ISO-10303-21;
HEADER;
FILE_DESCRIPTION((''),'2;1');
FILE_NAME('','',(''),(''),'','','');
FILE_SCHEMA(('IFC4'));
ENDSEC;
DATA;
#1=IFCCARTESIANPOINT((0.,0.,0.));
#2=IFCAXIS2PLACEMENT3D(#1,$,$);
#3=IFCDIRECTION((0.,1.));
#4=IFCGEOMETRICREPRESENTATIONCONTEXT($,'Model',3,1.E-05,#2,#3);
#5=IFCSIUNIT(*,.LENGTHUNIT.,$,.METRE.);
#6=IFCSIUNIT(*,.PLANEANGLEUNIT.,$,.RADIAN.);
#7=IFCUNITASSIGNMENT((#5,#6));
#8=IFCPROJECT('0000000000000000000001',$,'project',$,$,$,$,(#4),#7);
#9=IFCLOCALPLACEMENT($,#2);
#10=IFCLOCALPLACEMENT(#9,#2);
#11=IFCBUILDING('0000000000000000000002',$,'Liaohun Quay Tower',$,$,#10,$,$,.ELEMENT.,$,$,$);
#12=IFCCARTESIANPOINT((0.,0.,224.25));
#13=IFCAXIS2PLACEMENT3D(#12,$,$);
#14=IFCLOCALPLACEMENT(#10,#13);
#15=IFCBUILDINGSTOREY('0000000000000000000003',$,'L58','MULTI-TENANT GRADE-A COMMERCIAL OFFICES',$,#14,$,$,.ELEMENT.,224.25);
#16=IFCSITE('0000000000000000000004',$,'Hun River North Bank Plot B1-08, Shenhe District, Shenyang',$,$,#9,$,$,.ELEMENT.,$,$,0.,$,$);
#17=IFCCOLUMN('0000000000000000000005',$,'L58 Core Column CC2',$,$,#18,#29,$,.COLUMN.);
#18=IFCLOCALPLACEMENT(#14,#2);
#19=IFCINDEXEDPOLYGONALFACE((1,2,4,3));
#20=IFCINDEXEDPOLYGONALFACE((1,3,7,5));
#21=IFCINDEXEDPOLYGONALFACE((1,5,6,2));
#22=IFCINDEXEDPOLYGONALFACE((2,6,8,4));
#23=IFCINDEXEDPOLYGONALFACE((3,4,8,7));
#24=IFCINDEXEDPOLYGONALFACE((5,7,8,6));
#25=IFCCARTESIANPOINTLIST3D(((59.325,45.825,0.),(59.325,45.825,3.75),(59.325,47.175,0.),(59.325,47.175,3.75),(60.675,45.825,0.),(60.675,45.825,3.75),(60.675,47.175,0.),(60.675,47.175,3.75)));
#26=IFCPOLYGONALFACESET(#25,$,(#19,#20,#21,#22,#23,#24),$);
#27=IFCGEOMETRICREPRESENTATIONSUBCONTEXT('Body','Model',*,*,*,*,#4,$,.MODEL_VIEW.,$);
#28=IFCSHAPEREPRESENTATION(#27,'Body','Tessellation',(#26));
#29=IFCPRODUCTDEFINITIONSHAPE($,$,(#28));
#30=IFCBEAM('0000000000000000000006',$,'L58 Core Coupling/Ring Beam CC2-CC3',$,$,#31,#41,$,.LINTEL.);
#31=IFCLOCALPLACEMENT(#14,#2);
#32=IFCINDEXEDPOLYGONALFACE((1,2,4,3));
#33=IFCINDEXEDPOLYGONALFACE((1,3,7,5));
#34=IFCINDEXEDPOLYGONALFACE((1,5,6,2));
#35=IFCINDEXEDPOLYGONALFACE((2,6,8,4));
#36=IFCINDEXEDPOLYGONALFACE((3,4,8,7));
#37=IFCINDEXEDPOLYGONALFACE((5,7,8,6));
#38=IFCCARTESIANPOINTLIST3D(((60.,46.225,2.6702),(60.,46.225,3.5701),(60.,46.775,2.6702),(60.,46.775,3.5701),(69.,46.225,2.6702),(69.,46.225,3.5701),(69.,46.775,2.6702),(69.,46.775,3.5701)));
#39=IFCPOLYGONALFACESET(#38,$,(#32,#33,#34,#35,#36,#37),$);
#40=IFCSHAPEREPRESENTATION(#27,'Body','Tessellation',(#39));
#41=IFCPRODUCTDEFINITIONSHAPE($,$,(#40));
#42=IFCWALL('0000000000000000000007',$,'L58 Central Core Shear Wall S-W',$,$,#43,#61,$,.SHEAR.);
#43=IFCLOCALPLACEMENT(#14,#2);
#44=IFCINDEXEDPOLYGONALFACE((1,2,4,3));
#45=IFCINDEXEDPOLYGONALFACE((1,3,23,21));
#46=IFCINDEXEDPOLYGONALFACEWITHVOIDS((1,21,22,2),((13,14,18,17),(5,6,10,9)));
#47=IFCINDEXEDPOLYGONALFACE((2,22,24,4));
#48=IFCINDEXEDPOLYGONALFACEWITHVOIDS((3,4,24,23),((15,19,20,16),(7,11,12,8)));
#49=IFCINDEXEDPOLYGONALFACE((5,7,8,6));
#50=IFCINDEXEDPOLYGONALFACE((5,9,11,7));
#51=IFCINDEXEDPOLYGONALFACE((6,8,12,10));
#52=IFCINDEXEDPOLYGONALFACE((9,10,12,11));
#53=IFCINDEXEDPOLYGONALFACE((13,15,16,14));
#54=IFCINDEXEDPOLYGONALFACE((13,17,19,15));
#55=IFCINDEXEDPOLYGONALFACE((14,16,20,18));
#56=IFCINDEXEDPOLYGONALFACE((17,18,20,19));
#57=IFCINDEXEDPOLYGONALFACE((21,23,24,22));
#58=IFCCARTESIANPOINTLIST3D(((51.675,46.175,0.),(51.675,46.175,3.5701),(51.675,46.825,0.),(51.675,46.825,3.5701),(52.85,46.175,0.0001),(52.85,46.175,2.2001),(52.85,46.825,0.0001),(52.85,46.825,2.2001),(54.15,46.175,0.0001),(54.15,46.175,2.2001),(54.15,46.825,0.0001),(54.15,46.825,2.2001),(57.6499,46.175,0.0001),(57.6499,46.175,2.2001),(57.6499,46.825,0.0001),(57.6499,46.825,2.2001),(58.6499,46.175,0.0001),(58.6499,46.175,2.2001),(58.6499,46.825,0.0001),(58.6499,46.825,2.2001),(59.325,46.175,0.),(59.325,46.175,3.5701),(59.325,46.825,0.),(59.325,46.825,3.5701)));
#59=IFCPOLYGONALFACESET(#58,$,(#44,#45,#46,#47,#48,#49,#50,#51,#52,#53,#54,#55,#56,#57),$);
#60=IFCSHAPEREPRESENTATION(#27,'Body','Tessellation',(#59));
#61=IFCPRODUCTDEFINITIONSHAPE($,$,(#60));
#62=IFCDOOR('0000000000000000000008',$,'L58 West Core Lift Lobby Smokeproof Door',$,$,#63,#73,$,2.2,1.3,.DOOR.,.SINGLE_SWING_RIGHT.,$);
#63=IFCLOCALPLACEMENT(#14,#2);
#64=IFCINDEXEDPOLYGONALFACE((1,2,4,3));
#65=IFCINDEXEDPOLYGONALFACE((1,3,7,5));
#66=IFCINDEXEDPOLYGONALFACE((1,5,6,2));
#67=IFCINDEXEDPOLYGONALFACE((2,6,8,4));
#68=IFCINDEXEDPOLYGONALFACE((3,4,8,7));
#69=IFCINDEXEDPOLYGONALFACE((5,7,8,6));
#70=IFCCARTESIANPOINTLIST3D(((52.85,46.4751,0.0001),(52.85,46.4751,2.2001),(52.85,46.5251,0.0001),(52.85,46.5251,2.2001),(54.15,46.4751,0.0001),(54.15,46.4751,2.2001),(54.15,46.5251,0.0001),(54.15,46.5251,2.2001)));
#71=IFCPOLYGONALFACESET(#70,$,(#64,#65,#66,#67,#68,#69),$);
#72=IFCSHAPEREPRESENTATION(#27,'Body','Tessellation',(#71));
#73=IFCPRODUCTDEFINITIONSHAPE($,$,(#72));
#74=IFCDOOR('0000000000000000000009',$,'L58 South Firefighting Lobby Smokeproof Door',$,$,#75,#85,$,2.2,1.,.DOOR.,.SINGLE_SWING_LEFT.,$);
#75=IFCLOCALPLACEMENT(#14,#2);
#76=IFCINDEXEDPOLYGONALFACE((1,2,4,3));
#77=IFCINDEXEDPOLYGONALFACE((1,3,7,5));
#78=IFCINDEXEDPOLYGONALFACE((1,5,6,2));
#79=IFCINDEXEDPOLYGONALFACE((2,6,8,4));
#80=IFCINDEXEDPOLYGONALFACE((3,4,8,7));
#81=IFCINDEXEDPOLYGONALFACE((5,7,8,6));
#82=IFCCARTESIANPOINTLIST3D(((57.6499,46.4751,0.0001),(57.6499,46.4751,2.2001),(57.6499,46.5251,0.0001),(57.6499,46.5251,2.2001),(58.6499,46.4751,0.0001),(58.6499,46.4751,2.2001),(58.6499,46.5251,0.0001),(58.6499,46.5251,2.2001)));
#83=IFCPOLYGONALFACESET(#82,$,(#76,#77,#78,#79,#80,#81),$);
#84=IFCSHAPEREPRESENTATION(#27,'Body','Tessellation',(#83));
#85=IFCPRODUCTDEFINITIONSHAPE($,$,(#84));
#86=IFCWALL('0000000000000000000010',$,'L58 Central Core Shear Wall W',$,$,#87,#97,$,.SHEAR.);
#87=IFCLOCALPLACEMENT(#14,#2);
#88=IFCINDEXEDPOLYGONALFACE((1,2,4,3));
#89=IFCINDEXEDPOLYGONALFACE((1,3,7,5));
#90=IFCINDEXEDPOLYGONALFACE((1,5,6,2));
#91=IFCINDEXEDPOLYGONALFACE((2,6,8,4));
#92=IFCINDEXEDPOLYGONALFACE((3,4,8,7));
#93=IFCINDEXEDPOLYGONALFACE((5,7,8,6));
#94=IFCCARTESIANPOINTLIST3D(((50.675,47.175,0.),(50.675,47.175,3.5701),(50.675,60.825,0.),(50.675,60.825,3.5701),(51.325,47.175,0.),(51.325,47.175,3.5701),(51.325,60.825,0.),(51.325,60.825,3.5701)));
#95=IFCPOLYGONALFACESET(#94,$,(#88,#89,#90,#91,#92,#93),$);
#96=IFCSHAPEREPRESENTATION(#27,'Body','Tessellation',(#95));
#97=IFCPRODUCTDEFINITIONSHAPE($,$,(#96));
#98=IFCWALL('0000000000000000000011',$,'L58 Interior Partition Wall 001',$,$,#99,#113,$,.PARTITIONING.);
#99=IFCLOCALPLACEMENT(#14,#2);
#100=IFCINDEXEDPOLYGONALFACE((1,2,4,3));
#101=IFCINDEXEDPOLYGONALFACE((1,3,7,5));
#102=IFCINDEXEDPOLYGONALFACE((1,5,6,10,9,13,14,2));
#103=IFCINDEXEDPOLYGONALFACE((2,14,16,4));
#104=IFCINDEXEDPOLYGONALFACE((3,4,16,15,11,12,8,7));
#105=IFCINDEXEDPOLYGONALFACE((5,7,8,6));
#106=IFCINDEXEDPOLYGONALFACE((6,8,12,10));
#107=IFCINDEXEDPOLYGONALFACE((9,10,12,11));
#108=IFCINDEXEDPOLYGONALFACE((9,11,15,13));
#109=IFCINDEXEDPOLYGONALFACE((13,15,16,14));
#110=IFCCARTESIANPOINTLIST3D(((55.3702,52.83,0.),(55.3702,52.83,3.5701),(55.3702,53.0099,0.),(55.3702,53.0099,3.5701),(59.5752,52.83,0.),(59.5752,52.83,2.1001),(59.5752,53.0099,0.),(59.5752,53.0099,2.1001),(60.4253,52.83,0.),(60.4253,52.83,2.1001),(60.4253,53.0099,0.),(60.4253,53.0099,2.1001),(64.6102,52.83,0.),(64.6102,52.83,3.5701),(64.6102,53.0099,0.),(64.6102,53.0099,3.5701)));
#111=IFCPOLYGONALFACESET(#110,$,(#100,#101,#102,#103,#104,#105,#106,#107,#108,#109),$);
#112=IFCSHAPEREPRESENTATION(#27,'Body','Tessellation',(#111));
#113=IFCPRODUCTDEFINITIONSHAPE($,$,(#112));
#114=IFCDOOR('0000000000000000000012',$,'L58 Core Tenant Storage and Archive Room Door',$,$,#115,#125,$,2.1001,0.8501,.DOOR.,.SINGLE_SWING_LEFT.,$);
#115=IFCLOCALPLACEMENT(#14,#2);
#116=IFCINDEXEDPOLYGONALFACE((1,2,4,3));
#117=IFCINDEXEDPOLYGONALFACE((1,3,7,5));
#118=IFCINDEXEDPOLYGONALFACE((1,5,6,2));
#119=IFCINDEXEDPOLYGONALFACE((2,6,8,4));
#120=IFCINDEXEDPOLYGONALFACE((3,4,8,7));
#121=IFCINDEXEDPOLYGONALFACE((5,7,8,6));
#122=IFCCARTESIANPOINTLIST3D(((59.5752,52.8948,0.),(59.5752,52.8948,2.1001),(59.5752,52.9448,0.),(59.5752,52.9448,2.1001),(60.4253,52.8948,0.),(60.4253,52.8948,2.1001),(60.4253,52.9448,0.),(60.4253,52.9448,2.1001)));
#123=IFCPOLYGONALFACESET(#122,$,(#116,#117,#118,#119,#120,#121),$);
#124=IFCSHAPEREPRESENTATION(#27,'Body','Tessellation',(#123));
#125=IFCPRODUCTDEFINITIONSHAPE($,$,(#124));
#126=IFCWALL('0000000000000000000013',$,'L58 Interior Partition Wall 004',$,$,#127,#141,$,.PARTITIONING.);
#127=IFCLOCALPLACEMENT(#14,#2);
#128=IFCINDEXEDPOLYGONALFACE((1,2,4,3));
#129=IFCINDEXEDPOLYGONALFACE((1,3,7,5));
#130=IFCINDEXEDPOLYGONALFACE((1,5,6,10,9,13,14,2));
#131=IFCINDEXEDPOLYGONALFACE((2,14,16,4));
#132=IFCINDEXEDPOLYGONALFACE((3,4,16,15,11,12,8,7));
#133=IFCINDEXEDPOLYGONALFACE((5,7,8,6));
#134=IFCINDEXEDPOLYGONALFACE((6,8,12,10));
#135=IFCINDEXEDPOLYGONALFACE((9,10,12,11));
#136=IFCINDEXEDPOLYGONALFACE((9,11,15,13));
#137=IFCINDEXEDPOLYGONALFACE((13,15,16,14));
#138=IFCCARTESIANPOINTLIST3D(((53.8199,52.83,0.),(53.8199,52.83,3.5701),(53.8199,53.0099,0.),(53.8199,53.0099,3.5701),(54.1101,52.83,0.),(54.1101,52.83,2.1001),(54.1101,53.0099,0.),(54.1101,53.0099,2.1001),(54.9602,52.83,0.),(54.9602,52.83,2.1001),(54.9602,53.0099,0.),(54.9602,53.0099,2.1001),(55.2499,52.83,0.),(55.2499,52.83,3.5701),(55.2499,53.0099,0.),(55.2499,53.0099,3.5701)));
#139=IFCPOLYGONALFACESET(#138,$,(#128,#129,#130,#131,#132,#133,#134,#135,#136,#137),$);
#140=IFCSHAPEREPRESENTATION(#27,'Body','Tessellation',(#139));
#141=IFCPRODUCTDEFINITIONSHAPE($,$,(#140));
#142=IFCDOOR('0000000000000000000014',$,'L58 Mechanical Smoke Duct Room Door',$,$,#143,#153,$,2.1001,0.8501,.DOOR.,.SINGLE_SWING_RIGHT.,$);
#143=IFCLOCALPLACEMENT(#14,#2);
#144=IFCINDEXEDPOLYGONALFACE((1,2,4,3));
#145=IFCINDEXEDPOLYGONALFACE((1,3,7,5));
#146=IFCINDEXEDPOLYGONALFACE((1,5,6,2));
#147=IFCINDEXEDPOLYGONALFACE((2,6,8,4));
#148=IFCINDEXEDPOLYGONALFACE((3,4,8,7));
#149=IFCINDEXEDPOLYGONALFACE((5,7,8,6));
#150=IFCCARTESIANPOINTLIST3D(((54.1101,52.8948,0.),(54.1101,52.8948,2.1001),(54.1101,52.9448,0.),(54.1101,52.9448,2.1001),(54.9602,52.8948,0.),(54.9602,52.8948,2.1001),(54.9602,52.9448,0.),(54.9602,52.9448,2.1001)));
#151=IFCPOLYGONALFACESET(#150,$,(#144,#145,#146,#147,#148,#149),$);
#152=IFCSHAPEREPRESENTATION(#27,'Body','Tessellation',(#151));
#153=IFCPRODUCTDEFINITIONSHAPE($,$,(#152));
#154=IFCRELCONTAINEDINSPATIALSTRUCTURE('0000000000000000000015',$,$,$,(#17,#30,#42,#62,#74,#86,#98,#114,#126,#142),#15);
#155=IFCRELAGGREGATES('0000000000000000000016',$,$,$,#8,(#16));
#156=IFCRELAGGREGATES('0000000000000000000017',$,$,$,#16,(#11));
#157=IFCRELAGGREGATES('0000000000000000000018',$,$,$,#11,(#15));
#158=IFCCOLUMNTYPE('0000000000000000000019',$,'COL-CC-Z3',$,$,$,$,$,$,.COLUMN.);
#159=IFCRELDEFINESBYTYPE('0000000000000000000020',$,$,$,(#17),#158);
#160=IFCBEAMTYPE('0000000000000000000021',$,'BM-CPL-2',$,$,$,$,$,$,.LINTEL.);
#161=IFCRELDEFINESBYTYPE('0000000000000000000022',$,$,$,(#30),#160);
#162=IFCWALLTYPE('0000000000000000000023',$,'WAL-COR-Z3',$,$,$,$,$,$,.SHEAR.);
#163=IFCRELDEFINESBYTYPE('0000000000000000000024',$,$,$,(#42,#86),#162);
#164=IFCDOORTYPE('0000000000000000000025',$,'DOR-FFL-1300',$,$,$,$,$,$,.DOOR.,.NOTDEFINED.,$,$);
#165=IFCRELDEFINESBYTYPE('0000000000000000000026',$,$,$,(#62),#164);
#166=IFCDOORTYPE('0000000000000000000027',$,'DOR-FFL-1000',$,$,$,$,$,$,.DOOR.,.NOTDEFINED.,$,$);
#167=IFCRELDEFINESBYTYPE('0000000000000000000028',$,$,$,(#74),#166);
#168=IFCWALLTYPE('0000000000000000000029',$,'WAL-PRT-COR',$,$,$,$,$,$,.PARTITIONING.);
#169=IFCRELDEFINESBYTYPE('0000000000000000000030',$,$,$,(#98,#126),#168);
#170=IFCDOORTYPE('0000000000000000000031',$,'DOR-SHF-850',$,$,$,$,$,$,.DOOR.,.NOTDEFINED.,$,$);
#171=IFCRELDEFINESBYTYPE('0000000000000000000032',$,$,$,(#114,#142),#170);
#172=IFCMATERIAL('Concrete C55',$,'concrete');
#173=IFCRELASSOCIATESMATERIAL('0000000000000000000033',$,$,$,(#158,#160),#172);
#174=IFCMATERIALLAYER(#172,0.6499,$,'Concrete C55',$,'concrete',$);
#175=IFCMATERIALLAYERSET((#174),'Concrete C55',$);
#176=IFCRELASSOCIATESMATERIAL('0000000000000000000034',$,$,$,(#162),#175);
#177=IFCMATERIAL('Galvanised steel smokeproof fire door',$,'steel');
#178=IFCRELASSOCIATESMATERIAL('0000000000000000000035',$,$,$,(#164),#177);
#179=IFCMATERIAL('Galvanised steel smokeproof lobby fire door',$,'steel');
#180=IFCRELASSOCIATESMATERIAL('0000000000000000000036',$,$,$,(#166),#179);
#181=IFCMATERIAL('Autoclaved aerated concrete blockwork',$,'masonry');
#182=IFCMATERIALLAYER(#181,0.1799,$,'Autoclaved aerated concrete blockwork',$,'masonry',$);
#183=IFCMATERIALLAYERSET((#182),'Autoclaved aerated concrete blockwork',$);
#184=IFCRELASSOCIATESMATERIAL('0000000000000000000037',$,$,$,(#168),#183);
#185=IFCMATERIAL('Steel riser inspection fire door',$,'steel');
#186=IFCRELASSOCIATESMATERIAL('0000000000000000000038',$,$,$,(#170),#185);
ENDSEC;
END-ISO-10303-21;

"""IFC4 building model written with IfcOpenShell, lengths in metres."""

from ifc_helpers import new_model, si_unit, direction, frame, frame_2d, origin, origin_2d, place, context, subcontext, project, spatial, rectangle, extrude, source, transform, mapped, material, layer, layer_set, material_profile, profile_set, type_object, element, fill, save


model = new_model("IFC4")

# Units and contexts
model_context = context("Model", 3, precision=1e-05, world=origin(), true_north=direction((0.0, 1.0)))
body_context = subcontext(model_context, "Body", "Model", "MODEL_VIEW")
ifc_project = project(units=[si_unit("LENGTHUNIT", "METRE"), si_unit("PLANEANGLEUNIT", "RADIAN")], contexts=[model_context])

# Site, building, storey
site_placement = place(None, origin())
site = spatial("IfcSite", under=ifc_project, at=site_placement, Name="Hun River North Bank Plot B1-08, Shenhe District, Shenyang", CompositionType="ELEMENT", RefElevation=0.0)
building_placement = place(site_placement, origin())
building = spatial("IfcBuilding", under=site, at=building_placement, Name="Liaohun Quay Tower", CompositionType="ELEMENT")
storey_placement = place(building_placement, frame((0.0, 0.0, 224.25)))
storey = spatial("IfcBuildingStorey", under=building, at=storey_placement, Name="L58", Description="MULTI-TENANT GRADE-A COMMERCIAL OFFICES", CompositionType="ELEMENT", Elevation=224.25)

# Column
ifc_material_1 = material(Name="Concrete C55", Category="concrete")
ifc_material_profile_1 = material_profile(ifc_material_1, rectangle(XDim=1.3501, YDim=1.3501, at=origin_2d()), Name="RC1350x1350")
ifc_profile_set_1 = profile_set([ifc_material_profile_1], Name="Concrete C55")
column_type = type_object("IfcColumnType", Name="COL-CC-Z3", PredefinedType="COLUMN", material=ifc_profile_set_1)
shared_shape_1 = source(origin(), body_context, "Body", "SweptSolid", [
    extrude(rectangle(XDim=1.3501, YDim=1.3501, at=origin_2d()), origin(), (0.0, 0.0, 1.0), 3.75),
])
column_placement = place(storey_placement, frame((60.0, 46.5, 0.0), z_axis=(0.0, 0.0, 1.0), x_axis=(1.0, 0.0, 0.0)))
element("IfcColumn", 1, at=column_placement, inside=storey, type_object=column_type, Name="L58 Core Column CC2", PredefinedType="COLUMN", context=body_context, shape_type="MappedRepresentation", body=[
    mapped(shared_shape_1, transform((0.0, 0.0, 0.0), x_axis=(1.0, 0.0, 0.0), y_axis=(0.0, 1.0, 0.0), z_axis=(0.0, 0.0, 1.0), scale=1.0)),
])

# Beam
ifc_material_profile_2 = material_profile(ifc_material_1, rectangle(XDim=0.55, YDim=0.8999, at=origin_2d()), Name="RC550x900")
ifc_profile_set_2 = profile_set([ifc_material_profile_2], Name="Concrete C55")
beam_type = type_object("IfcBeamType", Name="BM-CPL-2", PredefinedType="LINTEL", material=ifc_profile_set_2)
shared_shape_2 = source(origin(), body_context, "Body", "SweptSolid", [
    extrude(rectangle(XDim=0.55, YDim=0.8999, at=origin_2d()), origin(), (0.0, 0.0, 1.0), 9.0),
])
beam_placement = place(storey_placement, frame((60.0, 46.5, 3.1201), z_axis=(1.0, 0.0, 0.0), x_axis=(0.0, 1.0, 0.0)))
element("IfcBeam", 2, at=beam_placement, inside=storey, type_object=beam_type, Name="L58 Core Coupling/Ring Beam CC2-CC3", PredefinedType="LINTEL", context=body_context, shape_type="MappedRepresentation", body=[
    mapped(shared_shape_2, transform((0.0, 0.0, 0.0), x_axis=(1.0, 0.0, 0.0), y_axis=(0.0, 1.0, 0.0), z_axis=(0.0, 0.0, 1.0), scale=1.0)),
])

# Wall, openings, doors
ifc_layer_1 = layer(ifc_material_1, 0.6499, Name="Concrete C55", Category="concrete")
ifc_layer_set_1 = layer_set([ifc_layer_1], Name="Concrete C55")
wall_type_1 = type_object("IfcWallType", Name="WAL-COR-Z3", PredefinedType="SHEAR", material=ifc_layer_set_1)
wall_1_placement = place(storey_placement, frame((59.325, 46.5, 0.0), z_axis=(0.0, 0.0, 1.0), x_axis=(-1.0, 0.0, 0.0)))
wall_1 = element("IfcWall", 3, at=wall_1_placement, inside=storey, type_object=wall_type_1, Name="L58 Central Core Shear Wall S-W", PredefinedType="SHEAR", context=body_context, shape_type="SweptSolid", body=[
    extrude(rectangle(XDim=7.6499, YDim=0.6499, at=frame_2d((3.825, 0.0))), origin(), (0.0, 0.0, 1.0), 3.5701),
])
shared_shape_3 = source(origin(), body_context, "Body", "SweptSolid", [
    extrude(rectangle(XDim=1.3, YDim=2.2, at=frame_2d((0.6499, 1.1001))), frame((0.0, 0.335, 0.0), z_axis=(0.0, -1.0, 0.0), x_axis=(1.0, 0.0, 0.0)), (0.0, 0.0, 1.0), 0.6699),
])
opening_1_placement = place(wall_1_placement, frame((5.175, 0.0, 0.0)))
opening_1 = element("IfcOpeningElement", 4, at=opening_1_placement, cuts=wall_1, PredefinedType="OPENING", context=body_context, shape_type="MappedRepresentation", body=[
    mapped(shared_shape_3, transform((0.0, 0.0, 0.0), x_axis=(1.0, 0.0, 0.0), y_axis=(0.0, 1.0, 0.0), z_axis=(0.0, 0.0, 1.0), scale=1.0)),
])
shared_shape_4 = source(origin(), body_context, "Body", "SweptSolid", [
    extrude(rectangle(XDim=1.0, YDim=2.2, at=frame_2d((0.5, 1.1001))), frame((0.0, 0.335, 0.0), z_axis=(0.0, -1.0, 0.0), x_axis=(1.0, 0.0, 0.0)), (0.0, 0.0, 1.0), 0.6699),
])
opening_2_placement = place(wall_1_placement, frame((0.675, 0.0, 0.0)))
opening_2 = element("IfcOpeningElement", 5, at=opening_2_placement, cuts=wall_1, PredefinedType="OPENING", context=body_context, shape_type="MappedRepresentation", body=[
    mapped(shared_shape_4, transform((0.0, 0.0, 0.0), x_axis=(1.0, 0.0, 0.0), y_axis=(0.0, 1.0, 0.0), z_axis=(0.0, 0.0, 1.0), scale=1.0)),
])
ifc_material_2 = material(Name="Galvanised steel smokeproof fire door", Category="steel")
door_type_1 = type_object("IfcDoorType", Name="DOR-FFL-1300", OperationType="NOTDEFINED", PredefinedType="DOOR", material=ifc_material_2)
shared_shape_5 = source(origin(), body_context, "Body", "SweptSolid", [
    extrude(rectangle(XDim=1.3, YDim=2.2, at=frame_2d((0.6499, 1.1001))), frame((0.0, 0.0249, 0.0), z_axis=(0.0, -1.0, 0.0), x_axis=(1.0, 0.0, 0.0)), (0.0, 0.0, 1.0), 0.05),
])
door_1_placement = place(opening_1_placement, origin())
door_1 = element("IfcDoor", 6, at=door_1_placement, inside=storey, type_object=door_type_1, Name="L58 West Core Lift Lobby Smokeproof Door", OperationType="SINGLE_SWING_RIGHT", OverallHeight=2.2, OverallWidth=1.3, PredefinedType="DOOR", context=body_context, shape_type="MappedRepresentation", body=[
    mapped(shared_shape_5, transform((0.0, 0.0, 0.0), x_axis=(1.0, 0.0, 0.0), y_axis=(0.0, 1.0, 0.0), z_axis=(0.0, 0.0, 1.0), scale=1.0)),
])
fill(opening_1, door_1)
ifc_material_3 = material(Name="Galvanised steel smokeproof lobby fire door", Category="steel")
door_type_2 = type_object("IfcDoorType", Name="DOR-FFL-1000", OperationType="NOTDEFINED", PredefinedType="DOOR", material=ifc_material_3)
shared_shape_6 = source(origin(), body_context, "Body", "SweptSolid", [
    extrude(rectangle(XDim=1.0, YDim=2.2, at=frame_2d((0.5, 1.1001))), frame((0.0, 0.0249, 0.0), z_axis=(0.0, -1.0, 0.0), x_axis=(1.0, 0.0, 0.0)), (0.0, 0.0, 1.0), 0.05),
])
door_2_placement = place(opening_2_placement, origin())
door_2 = element("IfcDoor", 7, at=door_2_placement, inside=storey, type_object=door_type_2, Name="L58 South Firefighting Lobby Smokeproof Door", OperationType="SINGLE_SWING_LEFT", OverallHeight=2.2, OverallWidth=1.0, PredefinedType="DOOR", context=body_context, shape_type="MappedRepresentation", body=[
    mapped(shared_shape_6, transform((0.0, 0.0, 0.0), x_axis=(1.0, 0.0, 0.0), y_axis=(0.0, 1.0, 0.0), z_axis=(0.0, 0.0, 1.0), scale=1.0)),
])
fill(opening_2, door_2)

# Wall
wall_2_placement = place(storey_placement, frame((51.0, 47.175, 0.0), z_axis=(0.0, 0.0, 1.0), x_axis=(0.0, 1.0, 0.0)))
element("IfcWall", 8, at=wall_2_placement, inside=storey, type_object=wall_type_1, Name="L58 Central Core Shear Wall W", PredefinedType="SHEAR", context=body_context, shape_type="SweptSolid", body=[
    extrude(rectangle(XDim=13.6499, YDim=0.6499, at=frame_2d((6.825, 0.0))), origin(), (0.0, 0.0, 1.0), 3.5701),
])

# Walls, openings, doors
ifc_material_4 = material(Name="Autoclaved aerated concrete blockwork", Category="masonry")
ifc_layer_2 = layer(ifc_material_4, 0.1799, Name="Autoclaved aerated concrete blockwork", Category="masonry")
ifc_layer_set_2 = layer_set([ifc_layer_2], Name="Autoclaved aerated concrete blockwork")
wall_type_2 = type_object("IfcWallType", Name="WAL-PRT-COR", PredefinedType="PARTITIONING", material=ifc_layer_set_2)
wall_3_placement = place(storey_placement, frame((55.3701, 52.9199, 0.0), z_axis=(0.0, 0.0, 1.0), x_axis=(1.0, 0.0, 0.0)))
wall_3 = element("IfcWall", 9, at=wall_3_placement, inside=storey, type_object=wall_type_2, Name="L58 Interior Partition Wall 001", PredefinedType="PARTITIONING", context=body_context, shape_type="SweptSolid", body=[
    extrude(rectangle(XDim=9.24, YDim=0.1799, at=frame_2d((4.6201, 0.0))), origin(), (0.0, 0.0, 1.0), 3.5701),
])
shared_shape_7 = source(origin(), body_context, "Body", "SweptSolid", [
    extrude(rectangle(XDim=0.8501, YDim=2.1001, at=frame_2d((0.425, 1.05))), frame((0.0, 0.0999, 0.0), z_axis=(0.0, -1.0, 0.0), x_axis=(1.0, 0.0, 0.0)), (0.0, 0.0, 1.0), 0.2),
])
opening_3_placement = place(wall_3_placement, frame((4.2051, 0.0, 0.0)))
opening_3 = element("IfcOpeningElement", 10, at=opening_3_placement, cuts=wall_3, PredefinedType="OPENING", context=body_context, shape_type="MappedRepresentation", body=[
    mapped(shared_shape_7, transform((0.0, 0.0, 0.0), x_axis=(1.0, 0.0, 0.0), y_axis=(0.0, 1.0, 0.0), z_axis=(0.0, 0.0, 1.0), scale=1.0)),
])
ifc_material_5 = material(Name="Steel riser inspection fire door", Category="steel")
door_type_3 = type_object("IfcDoorType", Name="DOR-SHF-850", OperationType="NOTDEFINED", PredefinedType="DOOR", material=ifc_material_5)
shared_shape_8 = source(origin(), body_context, "Body", "SweptSolid", [
    extrude(rectangle(XDim=0.8501, YDim=2.1001, at=frame_2d((0.425, 1.05))), frame((0.0, 0.0249, 0.0), z_axis=(0.0, -1.0, 0.0), x_axis=(1.0, 0.0, 0.0)), (0.0, 0.0, 1.0), 0.05),
])
door_3_placement = place(opening_3_placement, origin())
door_3 = element("IfcDoor", 11, at=door_3_placement, inside=storey, type_object=door_type_3, Name="L58 Core Tenant Storage and Archive Room Door", OperationType="SINGLE_SWING_LEFT", OverallHeight=2.1001, OverallWidth=0.8501, PredefinedType="DOOR", context=body_context, shape_type="MappedRepresentation", body=[
    mapped(shared_shape_8, transform((0.0, 0.0, 0.0), x_axis=(1.0, 0.0, 0.0), y_axis=(0.0, 1.0, 0.0), z_axis=(0.0, 0.0, 1.0), scale=1.0)),
])
fill(opening_3, door_3)
wall_4_placement = place(storey_placement, frame((53.8201, 52.9199, 0.0), z_axis=(0.0, 0.0, 1.0), x_axis=(1.0, 0.0, 0.0)))
wall_4 = element("IfcWall", 12, at=wall_4_placement, inside=storey, type_object=wall_type_2, Name="L58 Interior Partition Wall 004", PredefinedType="PARTITIONING", context=body_context, shape_type="SweptSolid", body=[
    extrude(rectangle(XDim=1.4299, YDim=0.1799, at=frame_2d((0.7148, 0.0))), origin(), (0.0, 0.0, 1.0), 3.5701),
])
opening_4_placement = place(wall_4_placement, frame((0.29, 0.0, 0.0)))
opening_4 = element("IfcOpeningElement", 13, at=opening_4_placement, cuts=wall_4, PredefinedType="OPENING", context=body_context, shape_type="MappedRepresentation", body=[
    mapped(shared_shape_7, transform((0.0, 0.0, 0.0), x_axis=(1.0, 0.0, 0.0), y_axis=(0.0, 1.0, 0.0), z_axis=(0.0, 0.0, 1.0), scale=1.0)),
])
door_4_placement = place(opening_4_placement, origin())
door_4 = element("IfcDoor", 14, at=door_4_placement, inside=storey, type_object=door_type_3, Name="L58 Mechanical Smoke Duct Room Door", OperationType="SINGLE_SWING_RIGHT", OverallHeight=2.1001, OverallWidth=0.8501, PredefinedType="DOOR", context=body_context, shape_type="MappedRepresentation", body=[
    mapped(shared_shape_8, transform((0.0, 0.0, 0.0), x_axis=(1.0, 0.0, 0.0), y_axis=(0.0, 1.0, 0.0), z_axis=(0.0, 0.0, 1.0), scale=1.0)),
])
fill(opening_4, door_4)

save(model, "model.ifc")
